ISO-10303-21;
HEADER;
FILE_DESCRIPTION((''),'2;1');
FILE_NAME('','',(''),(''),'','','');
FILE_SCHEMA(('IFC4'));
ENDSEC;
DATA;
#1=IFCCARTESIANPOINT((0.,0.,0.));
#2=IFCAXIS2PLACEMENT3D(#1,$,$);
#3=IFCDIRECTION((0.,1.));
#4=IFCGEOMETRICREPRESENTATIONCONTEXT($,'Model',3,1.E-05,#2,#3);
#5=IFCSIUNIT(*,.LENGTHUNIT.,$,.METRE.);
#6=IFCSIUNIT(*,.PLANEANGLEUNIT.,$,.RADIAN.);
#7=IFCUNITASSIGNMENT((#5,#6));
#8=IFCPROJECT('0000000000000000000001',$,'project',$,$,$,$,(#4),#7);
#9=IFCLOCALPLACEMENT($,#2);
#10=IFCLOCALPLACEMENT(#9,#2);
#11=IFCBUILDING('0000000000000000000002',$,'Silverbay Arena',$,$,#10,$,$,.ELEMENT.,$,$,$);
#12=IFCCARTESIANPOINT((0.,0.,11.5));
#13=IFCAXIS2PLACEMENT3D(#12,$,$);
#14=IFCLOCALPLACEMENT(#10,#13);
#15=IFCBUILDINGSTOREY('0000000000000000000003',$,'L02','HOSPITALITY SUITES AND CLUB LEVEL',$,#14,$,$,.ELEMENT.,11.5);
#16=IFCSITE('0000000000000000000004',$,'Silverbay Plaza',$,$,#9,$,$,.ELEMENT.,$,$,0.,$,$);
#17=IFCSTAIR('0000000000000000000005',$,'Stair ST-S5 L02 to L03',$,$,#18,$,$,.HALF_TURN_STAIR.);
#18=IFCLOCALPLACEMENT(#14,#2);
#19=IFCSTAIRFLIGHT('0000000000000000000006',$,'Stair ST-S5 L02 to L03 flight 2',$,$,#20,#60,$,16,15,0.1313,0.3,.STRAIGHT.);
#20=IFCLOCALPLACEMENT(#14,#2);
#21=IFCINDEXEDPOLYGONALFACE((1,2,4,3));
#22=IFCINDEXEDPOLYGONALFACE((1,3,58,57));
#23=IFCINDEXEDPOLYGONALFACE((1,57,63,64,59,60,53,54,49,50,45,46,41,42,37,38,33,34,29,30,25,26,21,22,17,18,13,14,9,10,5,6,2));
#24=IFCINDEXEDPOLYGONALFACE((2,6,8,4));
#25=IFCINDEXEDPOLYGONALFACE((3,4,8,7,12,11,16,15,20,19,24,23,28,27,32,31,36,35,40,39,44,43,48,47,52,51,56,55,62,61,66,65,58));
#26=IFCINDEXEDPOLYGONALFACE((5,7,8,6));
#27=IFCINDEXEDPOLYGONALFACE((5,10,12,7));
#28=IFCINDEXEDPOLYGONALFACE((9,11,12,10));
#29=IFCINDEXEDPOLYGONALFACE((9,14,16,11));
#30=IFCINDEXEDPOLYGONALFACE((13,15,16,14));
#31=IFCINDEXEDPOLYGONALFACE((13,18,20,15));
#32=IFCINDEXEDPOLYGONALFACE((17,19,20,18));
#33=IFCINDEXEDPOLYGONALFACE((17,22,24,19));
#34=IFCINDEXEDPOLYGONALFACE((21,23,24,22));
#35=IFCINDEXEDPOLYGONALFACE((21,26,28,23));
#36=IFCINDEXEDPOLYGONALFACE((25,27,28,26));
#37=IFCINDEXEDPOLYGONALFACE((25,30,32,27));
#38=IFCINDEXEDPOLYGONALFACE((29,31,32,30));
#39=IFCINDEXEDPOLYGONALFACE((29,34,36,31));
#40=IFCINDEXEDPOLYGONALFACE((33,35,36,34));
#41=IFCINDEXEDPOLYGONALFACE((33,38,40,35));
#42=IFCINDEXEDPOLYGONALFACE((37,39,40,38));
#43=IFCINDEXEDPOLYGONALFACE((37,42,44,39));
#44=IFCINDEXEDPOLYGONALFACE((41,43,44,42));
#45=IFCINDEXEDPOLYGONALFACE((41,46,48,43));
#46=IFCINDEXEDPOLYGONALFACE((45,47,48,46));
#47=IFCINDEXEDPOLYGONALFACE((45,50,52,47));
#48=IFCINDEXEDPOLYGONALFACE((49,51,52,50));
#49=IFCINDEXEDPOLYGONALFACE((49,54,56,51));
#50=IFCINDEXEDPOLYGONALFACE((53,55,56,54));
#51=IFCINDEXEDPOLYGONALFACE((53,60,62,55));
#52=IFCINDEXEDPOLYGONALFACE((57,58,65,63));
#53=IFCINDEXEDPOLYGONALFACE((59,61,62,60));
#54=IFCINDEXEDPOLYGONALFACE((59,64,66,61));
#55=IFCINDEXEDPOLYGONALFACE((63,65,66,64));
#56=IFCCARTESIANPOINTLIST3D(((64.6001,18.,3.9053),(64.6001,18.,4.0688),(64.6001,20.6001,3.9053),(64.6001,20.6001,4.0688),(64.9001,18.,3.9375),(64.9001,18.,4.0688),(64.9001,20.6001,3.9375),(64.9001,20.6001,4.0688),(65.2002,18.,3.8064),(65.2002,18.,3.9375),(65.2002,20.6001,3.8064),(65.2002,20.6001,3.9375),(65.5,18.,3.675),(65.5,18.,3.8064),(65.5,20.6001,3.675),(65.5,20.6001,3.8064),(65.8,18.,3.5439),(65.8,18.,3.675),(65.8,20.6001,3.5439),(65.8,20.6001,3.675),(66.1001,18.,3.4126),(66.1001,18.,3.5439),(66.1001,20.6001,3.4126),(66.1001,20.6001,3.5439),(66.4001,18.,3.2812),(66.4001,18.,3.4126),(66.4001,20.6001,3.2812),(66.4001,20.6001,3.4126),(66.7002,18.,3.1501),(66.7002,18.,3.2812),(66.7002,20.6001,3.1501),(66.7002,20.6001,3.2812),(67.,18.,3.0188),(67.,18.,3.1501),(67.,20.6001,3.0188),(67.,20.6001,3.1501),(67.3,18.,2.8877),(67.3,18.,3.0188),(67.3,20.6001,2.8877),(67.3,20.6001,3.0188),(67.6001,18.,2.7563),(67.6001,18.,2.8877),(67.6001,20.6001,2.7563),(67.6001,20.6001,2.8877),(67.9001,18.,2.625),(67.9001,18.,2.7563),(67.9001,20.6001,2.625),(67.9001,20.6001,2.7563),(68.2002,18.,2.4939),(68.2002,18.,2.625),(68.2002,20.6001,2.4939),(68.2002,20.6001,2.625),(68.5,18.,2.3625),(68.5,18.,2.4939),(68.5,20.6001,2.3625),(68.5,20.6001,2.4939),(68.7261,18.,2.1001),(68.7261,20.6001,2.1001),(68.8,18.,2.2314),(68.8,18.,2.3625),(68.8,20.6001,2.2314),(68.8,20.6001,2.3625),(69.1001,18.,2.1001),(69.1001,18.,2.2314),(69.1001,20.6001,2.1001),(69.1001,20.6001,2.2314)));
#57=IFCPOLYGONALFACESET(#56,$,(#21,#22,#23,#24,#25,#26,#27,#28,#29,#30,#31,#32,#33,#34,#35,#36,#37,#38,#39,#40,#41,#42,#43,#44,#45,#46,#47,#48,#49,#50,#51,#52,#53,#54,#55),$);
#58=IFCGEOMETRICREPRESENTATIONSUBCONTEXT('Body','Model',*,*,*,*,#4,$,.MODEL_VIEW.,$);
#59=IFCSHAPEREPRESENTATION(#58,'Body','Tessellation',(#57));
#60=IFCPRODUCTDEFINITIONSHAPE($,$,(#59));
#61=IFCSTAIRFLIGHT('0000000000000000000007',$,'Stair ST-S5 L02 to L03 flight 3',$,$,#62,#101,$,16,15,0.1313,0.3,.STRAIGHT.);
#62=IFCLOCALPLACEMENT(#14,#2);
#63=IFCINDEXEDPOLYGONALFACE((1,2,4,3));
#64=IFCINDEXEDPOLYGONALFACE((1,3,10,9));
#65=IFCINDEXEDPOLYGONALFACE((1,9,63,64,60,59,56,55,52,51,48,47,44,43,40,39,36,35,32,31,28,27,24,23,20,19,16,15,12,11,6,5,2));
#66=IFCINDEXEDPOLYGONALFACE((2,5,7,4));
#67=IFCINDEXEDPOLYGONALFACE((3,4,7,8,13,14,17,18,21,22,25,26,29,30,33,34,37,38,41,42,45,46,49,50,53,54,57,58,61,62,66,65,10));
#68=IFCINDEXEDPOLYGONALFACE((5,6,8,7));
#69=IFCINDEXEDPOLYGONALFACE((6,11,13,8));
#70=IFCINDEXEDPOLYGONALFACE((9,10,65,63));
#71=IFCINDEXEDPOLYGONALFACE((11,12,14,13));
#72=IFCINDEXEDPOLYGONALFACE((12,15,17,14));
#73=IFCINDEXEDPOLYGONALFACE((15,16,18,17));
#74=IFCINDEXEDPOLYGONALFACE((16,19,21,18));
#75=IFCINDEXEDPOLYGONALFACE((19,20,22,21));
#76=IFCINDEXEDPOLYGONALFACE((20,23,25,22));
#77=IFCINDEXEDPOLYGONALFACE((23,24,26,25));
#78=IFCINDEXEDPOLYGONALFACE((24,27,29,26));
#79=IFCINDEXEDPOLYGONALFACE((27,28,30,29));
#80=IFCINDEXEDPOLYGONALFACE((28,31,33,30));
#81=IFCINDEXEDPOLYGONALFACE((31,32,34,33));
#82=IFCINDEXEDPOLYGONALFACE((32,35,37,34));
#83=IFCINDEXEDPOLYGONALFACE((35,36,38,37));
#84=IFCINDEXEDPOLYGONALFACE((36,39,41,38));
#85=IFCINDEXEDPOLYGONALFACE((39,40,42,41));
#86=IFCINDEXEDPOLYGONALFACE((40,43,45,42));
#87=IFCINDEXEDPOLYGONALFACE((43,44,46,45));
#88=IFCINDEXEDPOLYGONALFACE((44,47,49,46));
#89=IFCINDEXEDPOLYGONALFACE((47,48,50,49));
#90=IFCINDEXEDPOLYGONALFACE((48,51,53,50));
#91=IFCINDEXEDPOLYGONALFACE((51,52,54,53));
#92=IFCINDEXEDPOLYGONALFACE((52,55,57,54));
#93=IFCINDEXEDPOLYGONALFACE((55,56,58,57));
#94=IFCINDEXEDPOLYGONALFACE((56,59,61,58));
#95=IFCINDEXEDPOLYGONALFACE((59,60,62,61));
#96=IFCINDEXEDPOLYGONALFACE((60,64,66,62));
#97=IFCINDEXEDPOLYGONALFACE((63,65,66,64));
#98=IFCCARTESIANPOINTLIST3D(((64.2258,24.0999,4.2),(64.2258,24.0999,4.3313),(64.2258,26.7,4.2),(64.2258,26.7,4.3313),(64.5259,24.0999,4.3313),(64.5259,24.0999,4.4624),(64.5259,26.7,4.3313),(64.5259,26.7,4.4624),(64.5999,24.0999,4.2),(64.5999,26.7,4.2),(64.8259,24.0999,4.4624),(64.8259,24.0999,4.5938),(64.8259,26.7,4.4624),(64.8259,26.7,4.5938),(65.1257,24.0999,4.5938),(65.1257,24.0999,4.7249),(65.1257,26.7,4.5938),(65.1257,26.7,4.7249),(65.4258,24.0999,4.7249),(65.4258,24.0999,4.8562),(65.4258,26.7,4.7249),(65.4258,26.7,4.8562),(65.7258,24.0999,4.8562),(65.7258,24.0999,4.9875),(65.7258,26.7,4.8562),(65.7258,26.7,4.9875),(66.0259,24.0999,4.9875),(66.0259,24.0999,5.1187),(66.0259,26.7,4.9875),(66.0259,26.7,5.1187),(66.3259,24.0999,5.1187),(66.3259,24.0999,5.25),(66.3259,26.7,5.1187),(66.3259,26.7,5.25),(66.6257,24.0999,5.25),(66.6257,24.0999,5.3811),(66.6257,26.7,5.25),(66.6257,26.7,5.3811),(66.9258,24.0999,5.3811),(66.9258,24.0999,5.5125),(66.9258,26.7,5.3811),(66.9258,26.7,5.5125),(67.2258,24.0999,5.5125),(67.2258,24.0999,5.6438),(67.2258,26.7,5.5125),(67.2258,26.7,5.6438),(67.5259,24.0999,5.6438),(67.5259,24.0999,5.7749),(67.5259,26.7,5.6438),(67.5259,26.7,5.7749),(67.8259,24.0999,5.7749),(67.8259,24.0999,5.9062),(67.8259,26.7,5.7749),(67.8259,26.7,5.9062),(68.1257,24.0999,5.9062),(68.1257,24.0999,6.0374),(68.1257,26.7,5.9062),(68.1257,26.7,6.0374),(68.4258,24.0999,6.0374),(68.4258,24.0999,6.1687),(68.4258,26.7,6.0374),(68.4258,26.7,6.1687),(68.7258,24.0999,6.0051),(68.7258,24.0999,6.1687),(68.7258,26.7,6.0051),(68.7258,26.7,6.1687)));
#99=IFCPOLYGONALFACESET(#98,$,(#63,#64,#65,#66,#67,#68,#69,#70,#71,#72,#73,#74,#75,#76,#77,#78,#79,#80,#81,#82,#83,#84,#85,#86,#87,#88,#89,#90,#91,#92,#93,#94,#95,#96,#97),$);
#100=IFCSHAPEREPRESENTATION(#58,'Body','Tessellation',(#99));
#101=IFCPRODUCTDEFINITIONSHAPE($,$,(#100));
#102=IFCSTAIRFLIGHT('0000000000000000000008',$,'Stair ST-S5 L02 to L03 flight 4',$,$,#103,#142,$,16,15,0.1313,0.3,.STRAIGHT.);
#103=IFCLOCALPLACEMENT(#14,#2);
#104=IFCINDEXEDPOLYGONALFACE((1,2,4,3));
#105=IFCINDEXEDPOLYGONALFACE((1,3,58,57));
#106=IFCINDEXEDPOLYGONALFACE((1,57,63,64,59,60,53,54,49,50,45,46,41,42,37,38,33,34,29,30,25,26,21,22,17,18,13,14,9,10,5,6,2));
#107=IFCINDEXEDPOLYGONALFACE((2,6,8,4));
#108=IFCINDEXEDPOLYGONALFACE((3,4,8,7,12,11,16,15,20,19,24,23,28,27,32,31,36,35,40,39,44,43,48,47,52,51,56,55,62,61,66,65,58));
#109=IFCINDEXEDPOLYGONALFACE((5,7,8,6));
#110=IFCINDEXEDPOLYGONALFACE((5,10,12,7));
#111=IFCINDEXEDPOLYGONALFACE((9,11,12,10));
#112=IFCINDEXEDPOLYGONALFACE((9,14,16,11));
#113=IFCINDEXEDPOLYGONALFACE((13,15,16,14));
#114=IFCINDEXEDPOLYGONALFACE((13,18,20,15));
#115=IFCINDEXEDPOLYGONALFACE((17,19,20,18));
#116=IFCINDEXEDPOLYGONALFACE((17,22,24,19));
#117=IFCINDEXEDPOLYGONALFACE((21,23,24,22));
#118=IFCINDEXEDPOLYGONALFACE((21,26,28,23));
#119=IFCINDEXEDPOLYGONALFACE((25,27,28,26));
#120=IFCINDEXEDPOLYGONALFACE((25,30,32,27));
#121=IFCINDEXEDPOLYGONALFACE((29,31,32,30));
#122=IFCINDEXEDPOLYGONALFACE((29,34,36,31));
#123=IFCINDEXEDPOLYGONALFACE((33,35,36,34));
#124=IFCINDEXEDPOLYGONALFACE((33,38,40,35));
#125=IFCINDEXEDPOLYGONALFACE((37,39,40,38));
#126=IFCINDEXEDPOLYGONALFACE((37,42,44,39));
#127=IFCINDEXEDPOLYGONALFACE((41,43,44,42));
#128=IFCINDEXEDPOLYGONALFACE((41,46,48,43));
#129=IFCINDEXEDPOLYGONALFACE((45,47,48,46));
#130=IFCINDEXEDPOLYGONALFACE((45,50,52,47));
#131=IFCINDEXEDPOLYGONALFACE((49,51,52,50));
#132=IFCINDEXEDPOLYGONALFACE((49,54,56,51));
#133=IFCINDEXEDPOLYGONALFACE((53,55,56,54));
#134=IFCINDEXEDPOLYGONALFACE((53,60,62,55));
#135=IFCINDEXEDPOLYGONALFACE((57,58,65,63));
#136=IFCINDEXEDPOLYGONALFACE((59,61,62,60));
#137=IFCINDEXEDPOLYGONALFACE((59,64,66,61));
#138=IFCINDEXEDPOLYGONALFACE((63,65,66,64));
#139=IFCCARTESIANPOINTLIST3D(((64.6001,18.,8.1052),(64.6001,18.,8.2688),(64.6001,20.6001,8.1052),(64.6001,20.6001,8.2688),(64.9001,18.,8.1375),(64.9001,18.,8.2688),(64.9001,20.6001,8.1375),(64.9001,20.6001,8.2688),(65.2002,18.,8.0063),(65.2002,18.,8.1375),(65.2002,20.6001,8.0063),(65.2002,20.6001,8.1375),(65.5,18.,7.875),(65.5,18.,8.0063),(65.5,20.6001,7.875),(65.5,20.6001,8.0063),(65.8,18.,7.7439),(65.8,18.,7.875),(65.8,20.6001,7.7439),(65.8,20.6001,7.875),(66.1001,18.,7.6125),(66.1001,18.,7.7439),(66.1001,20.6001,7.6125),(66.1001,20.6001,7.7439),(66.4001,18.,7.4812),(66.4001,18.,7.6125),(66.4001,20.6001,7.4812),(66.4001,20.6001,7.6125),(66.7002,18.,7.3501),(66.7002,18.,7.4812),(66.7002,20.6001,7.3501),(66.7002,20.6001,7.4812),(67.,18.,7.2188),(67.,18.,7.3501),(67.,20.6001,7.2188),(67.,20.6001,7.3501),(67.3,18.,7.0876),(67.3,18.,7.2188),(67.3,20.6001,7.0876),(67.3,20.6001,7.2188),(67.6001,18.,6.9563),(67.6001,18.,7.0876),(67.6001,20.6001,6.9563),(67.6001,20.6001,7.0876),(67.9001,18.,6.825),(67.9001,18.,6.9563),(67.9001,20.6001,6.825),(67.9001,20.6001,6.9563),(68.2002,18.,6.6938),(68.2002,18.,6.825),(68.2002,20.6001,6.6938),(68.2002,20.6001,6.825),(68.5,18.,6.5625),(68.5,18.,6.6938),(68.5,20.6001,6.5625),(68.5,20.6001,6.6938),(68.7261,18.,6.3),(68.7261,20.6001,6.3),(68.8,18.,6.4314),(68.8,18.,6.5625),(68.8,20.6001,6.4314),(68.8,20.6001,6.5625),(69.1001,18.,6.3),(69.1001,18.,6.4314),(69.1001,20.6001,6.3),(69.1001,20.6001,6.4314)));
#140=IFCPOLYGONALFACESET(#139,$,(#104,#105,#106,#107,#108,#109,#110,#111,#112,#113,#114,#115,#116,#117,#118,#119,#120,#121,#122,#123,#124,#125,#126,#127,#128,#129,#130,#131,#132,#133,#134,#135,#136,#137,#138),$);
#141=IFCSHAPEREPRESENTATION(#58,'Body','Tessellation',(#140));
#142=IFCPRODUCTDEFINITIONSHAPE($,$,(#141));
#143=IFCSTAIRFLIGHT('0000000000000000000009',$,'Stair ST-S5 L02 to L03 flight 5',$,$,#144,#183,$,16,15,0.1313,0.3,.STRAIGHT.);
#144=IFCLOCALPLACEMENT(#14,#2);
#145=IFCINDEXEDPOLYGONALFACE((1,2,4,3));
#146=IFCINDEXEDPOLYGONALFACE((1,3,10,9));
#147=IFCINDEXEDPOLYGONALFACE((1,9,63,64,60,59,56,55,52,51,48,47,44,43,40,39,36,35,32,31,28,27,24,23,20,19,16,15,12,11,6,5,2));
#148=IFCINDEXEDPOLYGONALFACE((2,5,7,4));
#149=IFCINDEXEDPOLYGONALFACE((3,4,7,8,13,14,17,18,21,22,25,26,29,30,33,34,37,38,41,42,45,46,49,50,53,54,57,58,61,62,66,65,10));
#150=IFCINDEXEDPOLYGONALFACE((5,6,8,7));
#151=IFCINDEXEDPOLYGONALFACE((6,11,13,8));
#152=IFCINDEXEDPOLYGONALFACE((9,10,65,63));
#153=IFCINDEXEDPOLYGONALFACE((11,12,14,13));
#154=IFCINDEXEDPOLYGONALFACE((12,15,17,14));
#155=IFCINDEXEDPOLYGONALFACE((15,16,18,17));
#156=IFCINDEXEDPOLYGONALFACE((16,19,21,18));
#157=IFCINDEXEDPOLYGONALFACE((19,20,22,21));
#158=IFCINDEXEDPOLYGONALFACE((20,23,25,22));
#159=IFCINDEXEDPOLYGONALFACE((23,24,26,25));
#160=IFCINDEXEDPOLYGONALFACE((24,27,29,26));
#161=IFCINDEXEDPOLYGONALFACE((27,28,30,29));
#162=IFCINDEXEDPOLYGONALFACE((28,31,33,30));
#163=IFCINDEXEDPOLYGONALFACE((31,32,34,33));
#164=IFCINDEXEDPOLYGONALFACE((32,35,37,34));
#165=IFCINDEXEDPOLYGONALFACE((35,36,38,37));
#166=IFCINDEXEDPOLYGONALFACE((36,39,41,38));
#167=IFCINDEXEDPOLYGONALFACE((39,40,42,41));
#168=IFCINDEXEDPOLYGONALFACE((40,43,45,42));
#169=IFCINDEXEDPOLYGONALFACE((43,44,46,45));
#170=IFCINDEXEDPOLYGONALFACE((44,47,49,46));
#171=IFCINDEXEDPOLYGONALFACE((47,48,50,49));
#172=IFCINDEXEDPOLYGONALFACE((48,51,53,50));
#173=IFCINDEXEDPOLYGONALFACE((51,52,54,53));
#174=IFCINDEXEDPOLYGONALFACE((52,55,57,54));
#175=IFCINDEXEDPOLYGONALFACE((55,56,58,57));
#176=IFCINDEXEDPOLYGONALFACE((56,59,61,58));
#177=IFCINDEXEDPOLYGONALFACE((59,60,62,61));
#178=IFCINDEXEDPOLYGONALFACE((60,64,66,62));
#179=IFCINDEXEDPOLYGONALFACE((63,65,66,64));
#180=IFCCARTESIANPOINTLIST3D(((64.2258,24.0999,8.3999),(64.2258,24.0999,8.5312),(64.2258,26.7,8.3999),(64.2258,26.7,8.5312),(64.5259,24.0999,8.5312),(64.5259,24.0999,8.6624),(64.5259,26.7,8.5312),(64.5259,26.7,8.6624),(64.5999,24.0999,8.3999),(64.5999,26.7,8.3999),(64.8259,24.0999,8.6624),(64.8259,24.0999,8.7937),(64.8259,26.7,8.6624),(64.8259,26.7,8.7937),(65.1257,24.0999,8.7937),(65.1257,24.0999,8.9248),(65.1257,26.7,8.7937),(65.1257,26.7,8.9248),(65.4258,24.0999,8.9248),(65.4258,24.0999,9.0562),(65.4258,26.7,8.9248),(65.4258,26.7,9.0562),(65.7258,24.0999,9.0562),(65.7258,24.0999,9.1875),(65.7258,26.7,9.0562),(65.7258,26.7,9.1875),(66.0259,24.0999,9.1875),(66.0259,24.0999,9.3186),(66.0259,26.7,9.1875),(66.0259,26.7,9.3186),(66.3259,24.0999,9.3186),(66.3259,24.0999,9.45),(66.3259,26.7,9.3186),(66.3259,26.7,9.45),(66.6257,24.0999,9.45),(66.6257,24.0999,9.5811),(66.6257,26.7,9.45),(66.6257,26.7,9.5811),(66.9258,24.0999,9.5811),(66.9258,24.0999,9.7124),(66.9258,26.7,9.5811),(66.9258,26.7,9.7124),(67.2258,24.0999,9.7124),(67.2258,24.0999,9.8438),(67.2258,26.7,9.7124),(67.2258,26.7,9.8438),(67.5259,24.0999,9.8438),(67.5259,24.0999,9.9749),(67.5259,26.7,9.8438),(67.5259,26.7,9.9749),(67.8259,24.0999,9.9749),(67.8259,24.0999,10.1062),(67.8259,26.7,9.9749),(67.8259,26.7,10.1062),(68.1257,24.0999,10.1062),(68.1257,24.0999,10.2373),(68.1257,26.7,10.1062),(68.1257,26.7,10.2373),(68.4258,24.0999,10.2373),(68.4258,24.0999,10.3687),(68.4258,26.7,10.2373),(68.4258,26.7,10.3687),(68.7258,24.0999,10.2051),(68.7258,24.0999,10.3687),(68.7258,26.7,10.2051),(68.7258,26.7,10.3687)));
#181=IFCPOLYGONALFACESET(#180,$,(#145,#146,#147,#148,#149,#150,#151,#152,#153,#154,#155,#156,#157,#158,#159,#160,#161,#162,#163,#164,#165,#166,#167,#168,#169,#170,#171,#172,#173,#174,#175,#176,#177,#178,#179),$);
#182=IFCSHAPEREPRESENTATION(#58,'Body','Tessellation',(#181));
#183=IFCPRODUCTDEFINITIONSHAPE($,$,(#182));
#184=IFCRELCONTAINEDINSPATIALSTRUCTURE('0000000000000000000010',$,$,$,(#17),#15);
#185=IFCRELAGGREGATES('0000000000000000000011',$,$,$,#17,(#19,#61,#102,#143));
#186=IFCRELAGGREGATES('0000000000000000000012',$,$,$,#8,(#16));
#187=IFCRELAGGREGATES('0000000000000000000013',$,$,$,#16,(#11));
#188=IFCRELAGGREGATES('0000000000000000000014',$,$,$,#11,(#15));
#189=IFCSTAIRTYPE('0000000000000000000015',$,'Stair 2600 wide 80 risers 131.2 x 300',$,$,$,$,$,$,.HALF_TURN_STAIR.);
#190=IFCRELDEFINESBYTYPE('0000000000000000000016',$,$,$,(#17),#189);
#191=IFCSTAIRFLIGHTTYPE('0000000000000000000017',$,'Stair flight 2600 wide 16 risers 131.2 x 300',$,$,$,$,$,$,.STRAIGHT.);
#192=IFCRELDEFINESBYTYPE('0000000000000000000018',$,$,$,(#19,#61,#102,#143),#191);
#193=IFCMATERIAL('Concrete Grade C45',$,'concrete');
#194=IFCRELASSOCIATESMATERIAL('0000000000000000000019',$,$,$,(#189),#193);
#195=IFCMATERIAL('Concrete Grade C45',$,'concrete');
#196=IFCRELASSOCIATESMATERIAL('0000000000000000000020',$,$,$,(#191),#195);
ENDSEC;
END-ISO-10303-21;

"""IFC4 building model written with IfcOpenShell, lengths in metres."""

from ifc_helpers import new_model, si_unit, direction, frame, origin, place, context, subcontext, project, spatial, polyline, outline, extrude, material, type_object, element, aggregate, save


model = new_model("IFC4")

# Units and contexts
model_context = context("Model", 3, precision=1e-05, world=origin(), true_north=direction((0.0, 1.0)))
body_context = subcontext(model_context, "Body", "Model", "MODEL_VIEW")
ifc_project = project(units=[si_unit("LENGTHUNIT", "METRE"), si_unit("PLANEANGLEUNIT", "RADIAN")], contexts=[model_context])

# Site, building, storey
site_placement = place(None, origin())
site = spatial("IfcSite", under=ifc_project, at=site_placement, Name="Silverbay Plaza", CompositionType="ELEMENT", RefElevation=0.0)
building_placement = place(site_placement, origin())
building = spatial("IfcBuilding", under=site, at=building_placement, Name="Silverbay Arena", CompositionType="ELEMENT")
storey_placement = place(building_placement, frame((0.0, 0.0, 11.5)))
storey = spatial("IfcBuildingStorey", under=building, at=storey_placement, Name="L02", Description="HOSPITALITY SUITES AND CLUB LEVEL", CompositionType="ELEMENT", Elevation=11.5)

# Stair, stair flights
ifc_material_1 = material(Name="Concrete Grade C45", Category="concrete")
stair_type = type_object("IfcStairType", Name="Stair 2600 wide 80 risers 131.2 x 300", PredefinedType="HALF_TURN_STAIR", material=ifc_material_1)
stair_placement = place(storey_placement, origin())
stair = element("IfcStair", 1, at=stair_placement, inside=storey, type_object=stair_type, Name="Stair ST-S5 L02 to L03", PredefinedType="HALF_TURN_STAIR")
ifc_material_2 = material(Name="Concrete Grade C45", Category="concrete")
stair_flight_type = type_object("IfcStairFlightType", Name="Stair flight 2600 wide 16 risers 131.2 x 300", PredefinedType="STRAIGHT", material=ifc_material_2)
stair_flight_1_placement = place(storey_placement, frame((69.1001, 19.3, 2.1001), z_axis=(0.0, 0.0, 1.0), x_axis=(-1.0, 0.0, 0.0)))
stair_flight_1 = element("IfcStairFlight", 2, at=stair_flight_1_placement, type_object=stair_flight_type, Name="Stair ST-S5 L02 to L03 flight 2", NumberOfRisers=16, NumberOfTreads=15, PredefinedType="STRAIGHT", RiserHeight=0.1313, TreadLength=0.3, context=body_context, shape_type="SweptSolid", body=[
    extrude(outline(polyline([(0.0, 0.0), (0.0, 0.1313), (0.3, 0.1313), (0.3, 0.2625), (0.6001, 0.2625), (0.6001, 0.3938), (0.8999, 0.3938), (0.8999, 0.5249), (1.2, 0.5249), (1.2, 0.6562), (1.5, 0.6562), (1.5, 0.7876), (1.8, 0.7876), (1.8, 0.9187), (2.1001, 0.9187), (2.1001, 1.05), (2.3999, 1.05), (2.3999, 1.1812), (2.7, 1.1812), (2.7, 1.3125), (3.0, 1.3125), (3.0, 1.4438), (3.3, 1.4438), (3.3, 1.575), (3.6001, 1.575), (3.6001, 1.7063), (3.8999, 1.7063), (3.8999, 1.8374), (4.2, 1.8374), (4.2, 1.9688), (4.5, 1.9688), (4.5, 1.8052), (0.374, 0.0), (0.0, 0.0)])), frame((0.0, 1.3, 0.0), z_axis=(0.0, -1.0, 0.0), x_axis=(1.0, 0.0, 0.0)), (0.0, 0.0, 1.0), 2.6001),
])
stair_flight_2_placement = place(storey_placement, frame((64.2258, 25.3999, 4.2), z_axis=(0.0, 0.0, 1.0), x_axis=(1.0, 0.0, 0.0)))
stair_flight_2 = element("IfcStairFlight", 3, at=stair_flight_2_placement, type_object=stair_flight_type, Name="Stair ST-S5 L02 to L03 flight 3", NumberOfRisers=16, NumberOfTreads=15, PredefinedType="STRAIGHT", RiserHeight=0.1313, TreadLength=0.3, context=body_context, shape_type="SweptSolid", body=[
    extrude(outline(polyline([(0.0, 0.0), (0.0, 0.1313), (0.3, 0.1313), (0.3, 0.2625), (0.6001, 0.2625), (0.6001, 0.3938), (0.8999, 0.3938), (0.8999, 0.5249), (1.2, 0.5249), (1.2, 0.6562), (1.5, 0.6562), (1.5, 0.7876), (1.8, 0.7876), (1.8, 0.9187), (2.1001, 0.9187), (2.1001, 1.05), (2.3999, 1.05), (2.3999, 1.1812), (2.7, 1.1812), (2.7, 1.3125), (3.0, 1.3125), (3.0, 1.4438), (3.3, 1.4438), (3.3, 1.575), (3.6001, 1.575), (3.6001, 1.7063), (3.8999, 1.7063), (3.8999, 1.8374), (4.2, 1.8374), (4.2, 1.9688), (4.5, 1.9688), (4.5, 1.8052), (0.374, 0.0), (0.0, 0.0)])), frame((0.0, 1.3, 0.0), z_axis=(0.0, -1.0, 0.0), x_axis=(1.0, 0.0, 0.0)), (0.0, 0.0, 1.0), 2.6001),
])
stair_flight_3_placement = place(storey_placement, frame((69.1001, 19.3, 6.3), z_axis=(0.0, 0.0, 1.0), x_axis=(-1.0, 0.0, 0.0)))
stair_flight_3 = element("IfcStairFlight", 4, at=stair_flight_3_placement, type_object=stair_flight_type, Name="Stair ST-S5 L02 to L03 flight 4", NumberOfRisers=16, NumberOfTreads=15, PredefinedType="STRAIGHT", RiserHeight=0.1313, TreadLength=0.3, context=body_context, shape_type="SweptSolid", body=[
    extrude(outline(polyline([(0.0, 0.0), (0.0, 0.1313), (0.3, 0.1313), (0.3, 0.2625), (0.6001, 0.2625), (0.6001, 0.3938), (0.8999, 0.3938), (0.8999, 0.5249), (1.2, 0.5249), (1.2, 0.6562), (1.5, 0.6562), (1.5, 0.7876), (1.8, 0.7876), (1.8, 0.9187), (2.1001, 0.9187), (2.1001, 1.05), (2.3999, 1.05), (2.3999, 1.1812), (2.7, 1.1812), (2.7, 1.3125), (3.0, 1.3125), (3.0, 1.4438), (3.3, 1.4438), (3.3, 1.575), (3.6001, 1.575), (3.6001, 1.7063), (3.8999, 1.7063), (3.8999, 1.8374), (4.2, 1.8374), (4.2, 1.9688), (4.5, 1.9688), (4.5, 1.8052), (0.374, 0.0), (0.0, 0.0)])), frame((0.0, 1.3, 0.0), z_axis=(0.0, -1.0, 0.0), x_axis=(1.0, 0.0, 0.0)), (0.0, 0.0, 1.0), 2.6001),
])
stair_flight_4_placement = place(storey_placement, frame((64.2258, 25.3999, 8.3999), z_axis=(0.0, 0.0, 1.0), x_axis=(1.0, 0.0, 0.0)))
stair_flight_4 = element("IfcStairFlight", 5, at=stair_flight_4_placement, type_object=stair_flight_type, Name="Stair ST-S5 L02 to L03 flight 5", NumberOfRisers=16, NumberOfTreads=15, PredefinedType="STRAIGHT", RiserHeight=0.1313, TreadLength=0.3, context=body_context, shape_type="SweptSolid", body=[
    extrude(outline(polyline([(0.0, 0.0), (0.0, 0.1313), (0.3, 0.1313), (0.3, 0.2625), (0.6001, 0.2625), (0.6001, 0.3938), (0.8999, 0.3938), (0.8999, 0.5249), (1.2, 0.5249), (1.2, 0.6562), (1.5, 0.6562), (1.5, 0.7876), (1.8, 0.7876), (1.8, 0.9187), (2.1001, 0.9187), (2.1001, 1.05), (2.3999, 1.05), (2.3999, 1.1812), (2.7, 1.1812), (2.7, 1.3125), (3.0, 1.3125), (3.0, 1.4438), (3.3, 1.4438), (3.3, 1.575), (3.6001, 1.575), (3.6001, 1.7063), (3.8999, 1.7063), (3.8999, 1.8374), (4.2, 1.8374), (4.2, 1.9688), (4.5, 1.9688), (4.5, 1.8052), (0.374, 0.0), (0.0, 0.0)])), frame((0.0, 1.3, 0.0), z_axis=(0.0, -1.0, 0.0), x_axis=(1.0, 0.0, 0.0)), (0.0, 0.0, 1.0), 2.6001),
])
aggregate(stair, [stair_flight_1, stair_flight_2, stair_flight_3, stair_flight_4])

save(model, "model.ifc")
